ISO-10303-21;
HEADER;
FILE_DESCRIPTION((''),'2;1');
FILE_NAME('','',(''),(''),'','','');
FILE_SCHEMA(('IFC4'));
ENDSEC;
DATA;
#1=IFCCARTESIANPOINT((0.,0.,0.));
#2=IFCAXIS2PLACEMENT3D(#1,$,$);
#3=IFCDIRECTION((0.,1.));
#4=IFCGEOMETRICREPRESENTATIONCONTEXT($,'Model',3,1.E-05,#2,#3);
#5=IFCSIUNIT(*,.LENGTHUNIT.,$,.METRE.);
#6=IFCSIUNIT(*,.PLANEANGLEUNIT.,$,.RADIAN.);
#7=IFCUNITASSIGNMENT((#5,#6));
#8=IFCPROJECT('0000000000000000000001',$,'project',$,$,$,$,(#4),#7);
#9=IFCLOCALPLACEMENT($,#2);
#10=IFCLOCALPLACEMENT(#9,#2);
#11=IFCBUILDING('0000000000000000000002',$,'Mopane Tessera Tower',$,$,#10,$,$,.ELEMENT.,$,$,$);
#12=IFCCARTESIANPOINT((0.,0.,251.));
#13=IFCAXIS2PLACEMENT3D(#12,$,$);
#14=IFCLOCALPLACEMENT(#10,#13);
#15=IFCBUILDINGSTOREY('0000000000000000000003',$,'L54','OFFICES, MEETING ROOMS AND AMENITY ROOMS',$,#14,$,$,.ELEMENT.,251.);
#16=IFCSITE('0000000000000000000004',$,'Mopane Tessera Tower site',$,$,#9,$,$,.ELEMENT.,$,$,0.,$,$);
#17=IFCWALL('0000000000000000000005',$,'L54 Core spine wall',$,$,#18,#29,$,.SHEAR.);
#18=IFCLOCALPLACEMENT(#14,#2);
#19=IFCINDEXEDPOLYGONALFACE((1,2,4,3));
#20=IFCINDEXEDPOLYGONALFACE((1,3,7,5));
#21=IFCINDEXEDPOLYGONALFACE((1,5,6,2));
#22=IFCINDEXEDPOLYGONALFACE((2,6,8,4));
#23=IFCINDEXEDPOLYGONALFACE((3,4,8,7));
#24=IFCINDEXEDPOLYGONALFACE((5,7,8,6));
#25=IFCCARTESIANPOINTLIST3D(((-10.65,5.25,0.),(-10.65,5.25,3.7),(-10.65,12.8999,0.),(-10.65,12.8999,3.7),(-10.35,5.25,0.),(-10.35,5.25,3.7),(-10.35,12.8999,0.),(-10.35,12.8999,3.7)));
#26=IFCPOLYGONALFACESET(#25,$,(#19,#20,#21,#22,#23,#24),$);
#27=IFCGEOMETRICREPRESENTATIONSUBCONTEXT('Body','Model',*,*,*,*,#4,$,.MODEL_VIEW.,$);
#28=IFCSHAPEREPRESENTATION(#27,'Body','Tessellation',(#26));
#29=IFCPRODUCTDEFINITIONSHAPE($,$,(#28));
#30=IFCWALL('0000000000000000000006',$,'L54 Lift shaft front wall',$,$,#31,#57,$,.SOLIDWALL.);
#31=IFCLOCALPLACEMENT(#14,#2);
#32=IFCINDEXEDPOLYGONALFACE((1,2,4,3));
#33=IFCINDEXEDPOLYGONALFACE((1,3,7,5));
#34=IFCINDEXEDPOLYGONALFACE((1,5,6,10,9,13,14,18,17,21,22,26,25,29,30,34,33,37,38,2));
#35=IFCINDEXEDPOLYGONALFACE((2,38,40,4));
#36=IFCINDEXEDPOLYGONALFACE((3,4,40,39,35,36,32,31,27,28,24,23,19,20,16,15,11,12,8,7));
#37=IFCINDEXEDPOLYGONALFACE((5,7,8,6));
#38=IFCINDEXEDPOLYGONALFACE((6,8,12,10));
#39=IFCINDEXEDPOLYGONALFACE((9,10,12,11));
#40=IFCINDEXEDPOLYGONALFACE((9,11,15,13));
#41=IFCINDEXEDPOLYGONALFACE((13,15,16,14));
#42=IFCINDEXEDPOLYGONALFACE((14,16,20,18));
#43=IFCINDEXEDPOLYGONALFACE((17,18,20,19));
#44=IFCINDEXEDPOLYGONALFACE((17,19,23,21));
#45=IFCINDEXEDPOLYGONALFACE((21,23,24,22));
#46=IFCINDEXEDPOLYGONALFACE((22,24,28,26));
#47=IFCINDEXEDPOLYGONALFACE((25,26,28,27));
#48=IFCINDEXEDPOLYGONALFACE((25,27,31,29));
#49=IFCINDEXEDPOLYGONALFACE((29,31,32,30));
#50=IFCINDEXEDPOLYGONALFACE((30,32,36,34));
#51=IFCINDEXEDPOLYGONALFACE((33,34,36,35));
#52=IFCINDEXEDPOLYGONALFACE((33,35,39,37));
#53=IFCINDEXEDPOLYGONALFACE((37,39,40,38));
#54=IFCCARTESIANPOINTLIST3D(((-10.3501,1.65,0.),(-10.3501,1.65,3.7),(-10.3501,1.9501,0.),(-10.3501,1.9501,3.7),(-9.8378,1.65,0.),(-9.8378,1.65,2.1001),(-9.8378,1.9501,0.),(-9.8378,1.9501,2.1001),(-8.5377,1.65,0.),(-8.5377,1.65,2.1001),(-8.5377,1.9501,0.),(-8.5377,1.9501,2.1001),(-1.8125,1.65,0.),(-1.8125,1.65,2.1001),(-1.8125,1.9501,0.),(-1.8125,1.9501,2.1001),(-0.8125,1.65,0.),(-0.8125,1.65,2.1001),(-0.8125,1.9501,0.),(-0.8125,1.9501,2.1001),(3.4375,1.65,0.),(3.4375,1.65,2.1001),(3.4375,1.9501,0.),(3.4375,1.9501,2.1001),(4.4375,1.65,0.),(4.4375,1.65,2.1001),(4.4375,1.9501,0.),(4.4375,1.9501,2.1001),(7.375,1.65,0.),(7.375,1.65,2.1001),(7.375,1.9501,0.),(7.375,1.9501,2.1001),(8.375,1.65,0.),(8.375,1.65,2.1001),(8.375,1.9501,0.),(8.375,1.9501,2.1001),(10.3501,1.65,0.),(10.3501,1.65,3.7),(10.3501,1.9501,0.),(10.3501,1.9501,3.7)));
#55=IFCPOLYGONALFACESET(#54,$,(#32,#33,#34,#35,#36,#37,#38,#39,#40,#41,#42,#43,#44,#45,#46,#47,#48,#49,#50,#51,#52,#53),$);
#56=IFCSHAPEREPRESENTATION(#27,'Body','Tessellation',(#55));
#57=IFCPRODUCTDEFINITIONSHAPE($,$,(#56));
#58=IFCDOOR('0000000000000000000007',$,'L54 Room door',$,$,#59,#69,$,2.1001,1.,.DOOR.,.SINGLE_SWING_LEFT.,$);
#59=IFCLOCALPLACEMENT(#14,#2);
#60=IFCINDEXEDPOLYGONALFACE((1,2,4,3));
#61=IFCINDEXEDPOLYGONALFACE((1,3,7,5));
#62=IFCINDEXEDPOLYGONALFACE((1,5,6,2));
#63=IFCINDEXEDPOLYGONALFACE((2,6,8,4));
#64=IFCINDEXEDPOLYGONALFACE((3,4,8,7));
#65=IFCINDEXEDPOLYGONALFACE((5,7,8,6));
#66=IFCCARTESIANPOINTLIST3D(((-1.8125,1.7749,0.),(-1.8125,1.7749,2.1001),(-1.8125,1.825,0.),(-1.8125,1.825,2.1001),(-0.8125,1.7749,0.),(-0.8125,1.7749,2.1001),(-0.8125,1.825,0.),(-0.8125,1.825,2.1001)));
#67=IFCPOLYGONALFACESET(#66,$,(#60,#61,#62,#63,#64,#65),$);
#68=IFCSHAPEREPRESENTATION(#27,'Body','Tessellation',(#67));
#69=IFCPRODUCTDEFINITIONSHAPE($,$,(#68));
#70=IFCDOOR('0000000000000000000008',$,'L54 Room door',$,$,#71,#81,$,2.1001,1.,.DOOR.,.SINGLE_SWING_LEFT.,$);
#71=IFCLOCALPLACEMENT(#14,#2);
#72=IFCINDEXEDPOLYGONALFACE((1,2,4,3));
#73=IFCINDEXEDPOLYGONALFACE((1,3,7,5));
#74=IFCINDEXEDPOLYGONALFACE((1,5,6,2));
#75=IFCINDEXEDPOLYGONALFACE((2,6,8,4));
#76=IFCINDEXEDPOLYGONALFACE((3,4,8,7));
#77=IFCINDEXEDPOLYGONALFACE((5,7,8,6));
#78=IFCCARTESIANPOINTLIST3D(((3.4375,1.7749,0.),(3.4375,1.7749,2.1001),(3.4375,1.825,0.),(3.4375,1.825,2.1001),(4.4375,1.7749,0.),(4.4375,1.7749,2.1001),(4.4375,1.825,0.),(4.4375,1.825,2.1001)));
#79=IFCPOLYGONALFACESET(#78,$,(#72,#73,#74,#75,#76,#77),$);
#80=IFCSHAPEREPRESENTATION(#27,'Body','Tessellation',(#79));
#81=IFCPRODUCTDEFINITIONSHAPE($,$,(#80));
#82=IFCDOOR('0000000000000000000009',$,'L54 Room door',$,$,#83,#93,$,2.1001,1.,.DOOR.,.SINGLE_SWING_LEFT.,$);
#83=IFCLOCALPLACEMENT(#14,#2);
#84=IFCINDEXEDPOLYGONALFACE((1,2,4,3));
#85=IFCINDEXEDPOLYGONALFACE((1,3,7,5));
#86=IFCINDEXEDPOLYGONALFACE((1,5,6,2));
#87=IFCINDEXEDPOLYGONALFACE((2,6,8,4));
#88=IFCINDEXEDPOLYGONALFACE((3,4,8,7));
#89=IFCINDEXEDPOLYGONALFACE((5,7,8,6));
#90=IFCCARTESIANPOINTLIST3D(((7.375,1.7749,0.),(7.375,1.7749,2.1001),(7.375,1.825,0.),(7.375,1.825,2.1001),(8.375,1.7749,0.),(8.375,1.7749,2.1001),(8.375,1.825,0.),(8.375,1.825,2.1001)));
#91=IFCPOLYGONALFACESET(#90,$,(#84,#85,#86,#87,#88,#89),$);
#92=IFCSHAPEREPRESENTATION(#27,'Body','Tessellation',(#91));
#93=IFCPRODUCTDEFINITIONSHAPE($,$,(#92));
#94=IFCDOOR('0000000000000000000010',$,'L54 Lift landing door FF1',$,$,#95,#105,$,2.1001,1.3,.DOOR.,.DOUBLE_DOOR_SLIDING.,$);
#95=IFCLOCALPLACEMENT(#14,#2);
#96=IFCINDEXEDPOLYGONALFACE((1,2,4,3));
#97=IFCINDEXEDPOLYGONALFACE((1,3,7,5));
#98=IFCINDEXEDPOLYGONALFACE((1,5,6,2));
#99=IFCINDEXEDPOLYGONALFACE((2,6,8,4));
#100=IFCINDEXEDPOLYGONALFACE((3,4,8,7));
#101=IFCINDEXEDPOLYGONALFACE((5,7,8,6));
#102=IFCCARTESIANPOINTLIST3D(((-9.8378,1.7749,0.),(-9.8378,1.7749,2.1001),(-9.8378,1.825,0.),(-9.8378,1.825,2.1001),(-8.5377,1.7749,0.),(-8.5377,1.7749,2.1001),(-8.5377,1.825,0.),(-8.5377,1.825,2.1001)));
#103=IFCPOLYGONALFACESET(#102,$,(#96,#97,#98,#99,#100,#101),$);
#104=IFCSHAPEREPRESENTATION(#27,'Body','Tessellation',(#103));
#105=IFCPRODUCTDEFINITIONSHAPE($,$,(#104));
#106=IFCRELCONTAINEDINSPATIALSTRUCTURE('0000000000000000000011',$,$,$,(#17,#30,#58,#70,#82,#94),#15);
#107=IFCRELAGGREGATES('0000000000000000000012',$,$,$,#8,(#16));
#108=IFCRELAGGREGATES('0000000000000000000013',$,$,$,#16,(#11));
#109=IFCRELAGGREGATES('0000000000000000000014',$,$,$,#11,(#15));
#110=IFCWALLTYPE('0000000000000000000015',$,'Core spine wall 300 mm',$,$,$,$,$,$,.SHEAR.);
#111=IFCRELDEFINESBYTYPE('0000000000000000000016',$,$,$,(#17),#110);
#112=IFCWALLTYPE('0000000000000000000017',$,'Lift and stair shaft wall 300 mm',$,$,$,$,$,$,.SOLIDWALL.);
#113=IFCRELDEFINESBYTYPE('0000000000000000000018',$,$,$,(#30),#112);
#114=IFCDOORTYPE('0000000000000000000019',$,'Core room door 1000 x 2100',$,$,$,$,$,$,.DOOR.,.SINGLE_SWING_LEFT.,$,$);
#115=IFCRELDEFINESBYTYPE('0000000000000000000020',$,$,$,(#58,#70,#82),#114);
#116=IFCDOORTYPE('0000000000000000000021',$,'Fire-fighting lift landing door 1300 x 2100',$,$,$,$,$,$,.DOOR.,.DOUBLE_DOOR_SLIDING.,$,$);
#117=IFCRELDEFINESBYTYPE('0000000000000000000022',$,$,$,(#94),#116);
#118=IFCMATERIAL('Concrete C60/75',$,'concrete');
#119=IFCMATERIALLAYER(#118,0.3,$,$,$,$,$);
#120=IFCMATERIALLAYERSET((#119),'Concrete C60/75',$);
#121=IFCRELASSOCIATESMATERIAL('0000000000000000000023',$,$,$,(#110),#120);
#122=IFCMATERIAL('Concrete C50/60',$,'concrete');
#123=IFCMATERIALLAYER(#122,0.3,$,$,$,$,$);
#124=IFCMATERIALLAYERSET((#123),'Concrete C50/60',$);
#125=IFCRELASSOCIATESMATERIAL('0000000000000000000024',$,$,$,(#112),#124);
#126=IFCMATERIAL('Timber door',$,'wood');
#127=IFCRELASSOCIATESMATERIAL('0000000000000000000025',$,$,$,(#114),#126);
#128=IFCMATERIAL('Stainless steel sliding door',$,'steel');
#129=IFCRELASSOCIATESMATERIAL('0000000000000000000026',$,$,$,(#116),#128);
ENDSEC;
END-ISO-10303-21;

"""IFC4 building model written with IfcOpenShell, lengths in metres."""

from ifc_helpers import new_model, si_unit, direction, frame, frame_2d, origin, place, context, subcontext, project, spatial, rectangle, extrude, material, layer, layer_set, type_object, element, fill, save


model = new_model("IFC4")

# Units and contexts
model_context = context("Model", 3, precision=1e-05, world=origin(), true_north=direction((0.0, 1.0)))
body_context = subcontext(model_context, "Body", "Model", "MODEL_VIEW")
ifc_project = project(units=[si_unit("LENGTHUNIT", "METRE"), si_unit("PLANEANGLEUNIT", "RADIAN")], contexts=[model_context])

# Site, building, storey
site_placement = place(None, origin())
site = spatial("IfcSite", under=ifc_project, at=site_placement, Name="Mopane Tessera Tower site", CompositionType="ELEMENT", RefElevation=0.0)
building_placement = place(site_placement, origin())
building = spatial("IfcBuilding", under=site, at=building_placement, Name="Mopane Tessera Tower", CompositionType="ELEMENT")
storey_placement = place(building_placement, frame((0.0, 0.0, 251.0)))
storey = spatial("IfcBuildingStorey", under=building, at=storey_placement, Name="L54", Description="OFFICES, MEETING ROOMS AND AMENITY ROOMS", CompositionType="ELEMENT", Elevation=251.0)

# Wall
ifc_material_1 = material(Name="Concrete C60/75", Category="concrete")
ifc_layer_1 = layer(ifc_material_1, 0.3)
ifc_layer_set_1 = layer_set([ifc_layer_1], Name="Concrete C60/75")
wall_type_1 = type_object("IfcWallType", Name="Core spine wall 300 mm", PredefinedType="SHEAR", material=ifc_layer_set_1)
wall_1_placement = place(storey_placement, frame((-10.5, 5.25, 0.0), z_axis=(0.0, 0.0, 1.0), x_axis=(0.0, 1.0, 0.0)))
element("IfcWall", 1, at=wall_1_placement, inside=storey, type_object=wall_type_1, Name="L54 Core spine wall", PredefinedType="SHEAR", context=body_context, shape_type="SweptSolid", body=[
    extrude(rectangle(XDim=7.6499, YDim=0.3, at=frame_2d((3.825, 0.0))), origin(), (0.0, 0.0, 1.0), 3.7),
])

# Wall, openings, doors
ifc_material_2 = material(Name="Concrete C50/60", Category="concrete")
ifc_layer_2 = layer(ifc_material_2, 0.3)
ifc_layer_set_2 = layer_set([ifc_layer_2], Name="Concrete C50/60")
wall_type_2 = type_object("IfcWallType", Name="Lift and stair shaft wall 300 mm", PredefinedType="SOLIDWALL", material=ifc_layer_set_2)
wall_2_placement = place(storey_placement, frame((-10.3501, 1.8, 0.0), z_axis=(0.0, 0.0, 1.0), x_axis=(1.0, 0.0, 0.0)))
wall_2 = element("IfcWall", 2, at=wall_2_placement, inside=storey, type_object=wall_type_2, Name="L54 Lift shaft front wall", PredefinedType="SOLIDWALL", context=body_context, shape_type="SweptSolid", body=[
    extrude(rectangle(XDim=20.7002, YDim=0.3, at=frame_2d((10.3501, 0.0))), origin(), (0.0, 0.0, 1.0), 3.7),
])
opening_1_placement = place(wall_2_placement, frame((0.5125, 0.0, 0.0)))
opening_1 = element("IfcOpeningElement", 3, at=opening_1_placement, cuts=wall_2, PredefinedType="OPENING", context=body_context, shape_type="SweptSolid", body=[
    extrude(rectangle(XDim=1.3, YDim=2.1001, at=frame_2d((0.6499, 1.05))), frame((0.0, 0.1621, 0.0), z_axis=(0.0, -1.0, 0.0), x_axis=(1.0, 0.0, 0.0)), (0.0, 0.0, 1.0), 0.324),
])
opening_2_placement = place(wall_2_placement, frame((8.5376, 0.0, 0.0)))
opening_2 = element("IfcOpeningElement", 4, at=opening_2_placement, cuts=wall_2, PredefinedType="OPENING", context=body_context, shape_type="SweptSolid", body=[
    extrude(rectangle(XDim=1.0, YDim=2.1001, at=frame_2d((0.5, 1.05))), frame((0.0, 0.1621, 0.0), z_axis=(0.0, -1.0, 0.0), x_axis=(1.0, 0.0, 0.0)), (0.0, 0.0, 1.0), 0.324),
])
opening_3_placement = place(wall_2_placement, frame((13.7876, 0.0, 0.0)))
opening_3 = element("IfcOpeningElement", 5, at=opening_3_placement, cuts=wall_2, PredefinedType="OPENING", context=body_context, shape_type="SweptSolid", body=[
    extrude(rectangle(XDim=1.0, YDim=2.1001, at=frame_2d((0.5, 1.05))), frame((0.0, 0.1621, 0.0), z_axis=(0.0, -1.0, 0.0), x_axis=(1.0, 0.0, 0.0)), (0.0, 0.0, 1.0), 0.324),
])
opening_4_placement = place(wall_2_placement, frame((17.7251, 0.0, 0.0)))
opening_4 = element("IfcOpeningElement", 6, at=opening_4_placement, cuts=wall_2, PredefinedType="OPENING", context=body_context, shape_type="SweptSolid", body=[
    extrude(rectangle(XDim=1.0, YDim=2.1001, at=frame_2d((0.5, 1.05))), frame((0.0, 0.1621, 0.0), z_axis=(0.0, -1.0, 0.0), x_axis=(1.0, 0.0, 0.0)), (0.0, 0.0, 1.0), 0.324),
])
ifc_material_3 = material(Name="Timber door", Category="wood")
door_type_1 = type_object("IfcDoorType", Name="Core room door 1000 x 2100", OperationType="SINGLE_SWING_LEFT", PredefinedType="DOOR", material=ifc_material_3)
door_1_placement = place(opening_2_placement, origin())
door_1 = element("IfcDoor", 7, at=door_1_placement, inside=storey, type_object=door_type_1, Name="L54 Room door", OperationType="SINGLE_SWING_LEFT", OverallHeight=2.1001, OverallWidth=1.0, PredefinedType="DOOR", context=body_context, shape_type="SweptSolid", body=[
    extrude(rectangle(XDim=1.0, YDim=2.1001, at=frame_2d((0.5, 1.05))), frame((0.0, 0.0249, 0.0), z_axis=(0.0, -1.0, 0.0), x_axis=(1.0, 0.0, 0.0)), (0.0, 0.0, 1.0), 0.05),
])
fill(opening_2, door_1)
door_2_placement = place(opening_3_placement, origin())
door_2 = element("IfcDoor", 8, at=door_2_placement, inside=storey, type_object=door_type_1, Name="L54 Room door", OperationType="SINGLE_SWING_LEFT", OverallHeight=2.1001, OverallWidth=1.0, PredefinedType="DOOR", context=body_context, shape_type="SweptSolid", body=[
    extrude(rectangle(XDim=1.0, YDim=2.1001, at=frame_2d((0.5, 1.05))), frame((0.0, 0.0249, 0.0), z_axis=(0.0, -1.0, 0.0), x_axis=(1.0, 0.0, 0.0)), (0.0, 0.0, 1.0), 0.05),
])
fill(opening_3, door_2)
door_3_placement = place(opening_4_placement, origin())
door_3 = element("IfcDoor", 9, at=door_3_placement, inside=storey, type_object=door_type_1, Name="L54 Room door", OperationType="SINGLE_SWING_LEFT", OverallHeight=2.1001, OverallWidth=1.0, PredefinedType="DOOR", context=body_context, shape_type="SweptSolid", body=[
    extrude(rectangle(XDim=1.0, YDim=2.1001, at=frame_2d((0.5, 1.05))), frame((0.0, 0.0249, 0.0), z_axis=(0.0, -1.0, 0.0), x_axis=(1.0, 0.0, 0.0)), (0.0, 0.0, 1.0), 0.05),
])
fill(opening_4, door_3)
ifc_material_4 = material(Name="Stainless steel sliding door", Category="steel")
door_type_2 = type_object("IfcDoorType", Name="Fire-fighting lift landing door 1300 x 2100", OperationType="DOUBLE_DOOR_SLIDING", PredefinedType="DOOR", material=ifc_material_4)
door_4_placement = place(opening_1_placement, origin())
door_4 = element("IfcDoor", 10, at=door_4_placement, inside=storey, type_object=door_type_2, Name="L54 Lift landing door FF1", OperationType="DOUBLE_DOOR_SLIDING", OverallHeight=2.1001, OverallWidth=1.3, PredefinedType="DOOR", context=body_context, shape_type="SweptSolid", body=[
    extrude(rectangle(XDim=1.3, YDim=2.1001, at=frame_2d((0.6499, 1.05))), frame((0.0, 0.0249, 0.0), z_axis=(0.0, -1.0, 0.0), x_axis=(1.0, 0.0, 0.0)), (0.0, 0.0, 1.0), 0.05),
])
fill(opening_1, door_4)

save(model, "model.ifc")
